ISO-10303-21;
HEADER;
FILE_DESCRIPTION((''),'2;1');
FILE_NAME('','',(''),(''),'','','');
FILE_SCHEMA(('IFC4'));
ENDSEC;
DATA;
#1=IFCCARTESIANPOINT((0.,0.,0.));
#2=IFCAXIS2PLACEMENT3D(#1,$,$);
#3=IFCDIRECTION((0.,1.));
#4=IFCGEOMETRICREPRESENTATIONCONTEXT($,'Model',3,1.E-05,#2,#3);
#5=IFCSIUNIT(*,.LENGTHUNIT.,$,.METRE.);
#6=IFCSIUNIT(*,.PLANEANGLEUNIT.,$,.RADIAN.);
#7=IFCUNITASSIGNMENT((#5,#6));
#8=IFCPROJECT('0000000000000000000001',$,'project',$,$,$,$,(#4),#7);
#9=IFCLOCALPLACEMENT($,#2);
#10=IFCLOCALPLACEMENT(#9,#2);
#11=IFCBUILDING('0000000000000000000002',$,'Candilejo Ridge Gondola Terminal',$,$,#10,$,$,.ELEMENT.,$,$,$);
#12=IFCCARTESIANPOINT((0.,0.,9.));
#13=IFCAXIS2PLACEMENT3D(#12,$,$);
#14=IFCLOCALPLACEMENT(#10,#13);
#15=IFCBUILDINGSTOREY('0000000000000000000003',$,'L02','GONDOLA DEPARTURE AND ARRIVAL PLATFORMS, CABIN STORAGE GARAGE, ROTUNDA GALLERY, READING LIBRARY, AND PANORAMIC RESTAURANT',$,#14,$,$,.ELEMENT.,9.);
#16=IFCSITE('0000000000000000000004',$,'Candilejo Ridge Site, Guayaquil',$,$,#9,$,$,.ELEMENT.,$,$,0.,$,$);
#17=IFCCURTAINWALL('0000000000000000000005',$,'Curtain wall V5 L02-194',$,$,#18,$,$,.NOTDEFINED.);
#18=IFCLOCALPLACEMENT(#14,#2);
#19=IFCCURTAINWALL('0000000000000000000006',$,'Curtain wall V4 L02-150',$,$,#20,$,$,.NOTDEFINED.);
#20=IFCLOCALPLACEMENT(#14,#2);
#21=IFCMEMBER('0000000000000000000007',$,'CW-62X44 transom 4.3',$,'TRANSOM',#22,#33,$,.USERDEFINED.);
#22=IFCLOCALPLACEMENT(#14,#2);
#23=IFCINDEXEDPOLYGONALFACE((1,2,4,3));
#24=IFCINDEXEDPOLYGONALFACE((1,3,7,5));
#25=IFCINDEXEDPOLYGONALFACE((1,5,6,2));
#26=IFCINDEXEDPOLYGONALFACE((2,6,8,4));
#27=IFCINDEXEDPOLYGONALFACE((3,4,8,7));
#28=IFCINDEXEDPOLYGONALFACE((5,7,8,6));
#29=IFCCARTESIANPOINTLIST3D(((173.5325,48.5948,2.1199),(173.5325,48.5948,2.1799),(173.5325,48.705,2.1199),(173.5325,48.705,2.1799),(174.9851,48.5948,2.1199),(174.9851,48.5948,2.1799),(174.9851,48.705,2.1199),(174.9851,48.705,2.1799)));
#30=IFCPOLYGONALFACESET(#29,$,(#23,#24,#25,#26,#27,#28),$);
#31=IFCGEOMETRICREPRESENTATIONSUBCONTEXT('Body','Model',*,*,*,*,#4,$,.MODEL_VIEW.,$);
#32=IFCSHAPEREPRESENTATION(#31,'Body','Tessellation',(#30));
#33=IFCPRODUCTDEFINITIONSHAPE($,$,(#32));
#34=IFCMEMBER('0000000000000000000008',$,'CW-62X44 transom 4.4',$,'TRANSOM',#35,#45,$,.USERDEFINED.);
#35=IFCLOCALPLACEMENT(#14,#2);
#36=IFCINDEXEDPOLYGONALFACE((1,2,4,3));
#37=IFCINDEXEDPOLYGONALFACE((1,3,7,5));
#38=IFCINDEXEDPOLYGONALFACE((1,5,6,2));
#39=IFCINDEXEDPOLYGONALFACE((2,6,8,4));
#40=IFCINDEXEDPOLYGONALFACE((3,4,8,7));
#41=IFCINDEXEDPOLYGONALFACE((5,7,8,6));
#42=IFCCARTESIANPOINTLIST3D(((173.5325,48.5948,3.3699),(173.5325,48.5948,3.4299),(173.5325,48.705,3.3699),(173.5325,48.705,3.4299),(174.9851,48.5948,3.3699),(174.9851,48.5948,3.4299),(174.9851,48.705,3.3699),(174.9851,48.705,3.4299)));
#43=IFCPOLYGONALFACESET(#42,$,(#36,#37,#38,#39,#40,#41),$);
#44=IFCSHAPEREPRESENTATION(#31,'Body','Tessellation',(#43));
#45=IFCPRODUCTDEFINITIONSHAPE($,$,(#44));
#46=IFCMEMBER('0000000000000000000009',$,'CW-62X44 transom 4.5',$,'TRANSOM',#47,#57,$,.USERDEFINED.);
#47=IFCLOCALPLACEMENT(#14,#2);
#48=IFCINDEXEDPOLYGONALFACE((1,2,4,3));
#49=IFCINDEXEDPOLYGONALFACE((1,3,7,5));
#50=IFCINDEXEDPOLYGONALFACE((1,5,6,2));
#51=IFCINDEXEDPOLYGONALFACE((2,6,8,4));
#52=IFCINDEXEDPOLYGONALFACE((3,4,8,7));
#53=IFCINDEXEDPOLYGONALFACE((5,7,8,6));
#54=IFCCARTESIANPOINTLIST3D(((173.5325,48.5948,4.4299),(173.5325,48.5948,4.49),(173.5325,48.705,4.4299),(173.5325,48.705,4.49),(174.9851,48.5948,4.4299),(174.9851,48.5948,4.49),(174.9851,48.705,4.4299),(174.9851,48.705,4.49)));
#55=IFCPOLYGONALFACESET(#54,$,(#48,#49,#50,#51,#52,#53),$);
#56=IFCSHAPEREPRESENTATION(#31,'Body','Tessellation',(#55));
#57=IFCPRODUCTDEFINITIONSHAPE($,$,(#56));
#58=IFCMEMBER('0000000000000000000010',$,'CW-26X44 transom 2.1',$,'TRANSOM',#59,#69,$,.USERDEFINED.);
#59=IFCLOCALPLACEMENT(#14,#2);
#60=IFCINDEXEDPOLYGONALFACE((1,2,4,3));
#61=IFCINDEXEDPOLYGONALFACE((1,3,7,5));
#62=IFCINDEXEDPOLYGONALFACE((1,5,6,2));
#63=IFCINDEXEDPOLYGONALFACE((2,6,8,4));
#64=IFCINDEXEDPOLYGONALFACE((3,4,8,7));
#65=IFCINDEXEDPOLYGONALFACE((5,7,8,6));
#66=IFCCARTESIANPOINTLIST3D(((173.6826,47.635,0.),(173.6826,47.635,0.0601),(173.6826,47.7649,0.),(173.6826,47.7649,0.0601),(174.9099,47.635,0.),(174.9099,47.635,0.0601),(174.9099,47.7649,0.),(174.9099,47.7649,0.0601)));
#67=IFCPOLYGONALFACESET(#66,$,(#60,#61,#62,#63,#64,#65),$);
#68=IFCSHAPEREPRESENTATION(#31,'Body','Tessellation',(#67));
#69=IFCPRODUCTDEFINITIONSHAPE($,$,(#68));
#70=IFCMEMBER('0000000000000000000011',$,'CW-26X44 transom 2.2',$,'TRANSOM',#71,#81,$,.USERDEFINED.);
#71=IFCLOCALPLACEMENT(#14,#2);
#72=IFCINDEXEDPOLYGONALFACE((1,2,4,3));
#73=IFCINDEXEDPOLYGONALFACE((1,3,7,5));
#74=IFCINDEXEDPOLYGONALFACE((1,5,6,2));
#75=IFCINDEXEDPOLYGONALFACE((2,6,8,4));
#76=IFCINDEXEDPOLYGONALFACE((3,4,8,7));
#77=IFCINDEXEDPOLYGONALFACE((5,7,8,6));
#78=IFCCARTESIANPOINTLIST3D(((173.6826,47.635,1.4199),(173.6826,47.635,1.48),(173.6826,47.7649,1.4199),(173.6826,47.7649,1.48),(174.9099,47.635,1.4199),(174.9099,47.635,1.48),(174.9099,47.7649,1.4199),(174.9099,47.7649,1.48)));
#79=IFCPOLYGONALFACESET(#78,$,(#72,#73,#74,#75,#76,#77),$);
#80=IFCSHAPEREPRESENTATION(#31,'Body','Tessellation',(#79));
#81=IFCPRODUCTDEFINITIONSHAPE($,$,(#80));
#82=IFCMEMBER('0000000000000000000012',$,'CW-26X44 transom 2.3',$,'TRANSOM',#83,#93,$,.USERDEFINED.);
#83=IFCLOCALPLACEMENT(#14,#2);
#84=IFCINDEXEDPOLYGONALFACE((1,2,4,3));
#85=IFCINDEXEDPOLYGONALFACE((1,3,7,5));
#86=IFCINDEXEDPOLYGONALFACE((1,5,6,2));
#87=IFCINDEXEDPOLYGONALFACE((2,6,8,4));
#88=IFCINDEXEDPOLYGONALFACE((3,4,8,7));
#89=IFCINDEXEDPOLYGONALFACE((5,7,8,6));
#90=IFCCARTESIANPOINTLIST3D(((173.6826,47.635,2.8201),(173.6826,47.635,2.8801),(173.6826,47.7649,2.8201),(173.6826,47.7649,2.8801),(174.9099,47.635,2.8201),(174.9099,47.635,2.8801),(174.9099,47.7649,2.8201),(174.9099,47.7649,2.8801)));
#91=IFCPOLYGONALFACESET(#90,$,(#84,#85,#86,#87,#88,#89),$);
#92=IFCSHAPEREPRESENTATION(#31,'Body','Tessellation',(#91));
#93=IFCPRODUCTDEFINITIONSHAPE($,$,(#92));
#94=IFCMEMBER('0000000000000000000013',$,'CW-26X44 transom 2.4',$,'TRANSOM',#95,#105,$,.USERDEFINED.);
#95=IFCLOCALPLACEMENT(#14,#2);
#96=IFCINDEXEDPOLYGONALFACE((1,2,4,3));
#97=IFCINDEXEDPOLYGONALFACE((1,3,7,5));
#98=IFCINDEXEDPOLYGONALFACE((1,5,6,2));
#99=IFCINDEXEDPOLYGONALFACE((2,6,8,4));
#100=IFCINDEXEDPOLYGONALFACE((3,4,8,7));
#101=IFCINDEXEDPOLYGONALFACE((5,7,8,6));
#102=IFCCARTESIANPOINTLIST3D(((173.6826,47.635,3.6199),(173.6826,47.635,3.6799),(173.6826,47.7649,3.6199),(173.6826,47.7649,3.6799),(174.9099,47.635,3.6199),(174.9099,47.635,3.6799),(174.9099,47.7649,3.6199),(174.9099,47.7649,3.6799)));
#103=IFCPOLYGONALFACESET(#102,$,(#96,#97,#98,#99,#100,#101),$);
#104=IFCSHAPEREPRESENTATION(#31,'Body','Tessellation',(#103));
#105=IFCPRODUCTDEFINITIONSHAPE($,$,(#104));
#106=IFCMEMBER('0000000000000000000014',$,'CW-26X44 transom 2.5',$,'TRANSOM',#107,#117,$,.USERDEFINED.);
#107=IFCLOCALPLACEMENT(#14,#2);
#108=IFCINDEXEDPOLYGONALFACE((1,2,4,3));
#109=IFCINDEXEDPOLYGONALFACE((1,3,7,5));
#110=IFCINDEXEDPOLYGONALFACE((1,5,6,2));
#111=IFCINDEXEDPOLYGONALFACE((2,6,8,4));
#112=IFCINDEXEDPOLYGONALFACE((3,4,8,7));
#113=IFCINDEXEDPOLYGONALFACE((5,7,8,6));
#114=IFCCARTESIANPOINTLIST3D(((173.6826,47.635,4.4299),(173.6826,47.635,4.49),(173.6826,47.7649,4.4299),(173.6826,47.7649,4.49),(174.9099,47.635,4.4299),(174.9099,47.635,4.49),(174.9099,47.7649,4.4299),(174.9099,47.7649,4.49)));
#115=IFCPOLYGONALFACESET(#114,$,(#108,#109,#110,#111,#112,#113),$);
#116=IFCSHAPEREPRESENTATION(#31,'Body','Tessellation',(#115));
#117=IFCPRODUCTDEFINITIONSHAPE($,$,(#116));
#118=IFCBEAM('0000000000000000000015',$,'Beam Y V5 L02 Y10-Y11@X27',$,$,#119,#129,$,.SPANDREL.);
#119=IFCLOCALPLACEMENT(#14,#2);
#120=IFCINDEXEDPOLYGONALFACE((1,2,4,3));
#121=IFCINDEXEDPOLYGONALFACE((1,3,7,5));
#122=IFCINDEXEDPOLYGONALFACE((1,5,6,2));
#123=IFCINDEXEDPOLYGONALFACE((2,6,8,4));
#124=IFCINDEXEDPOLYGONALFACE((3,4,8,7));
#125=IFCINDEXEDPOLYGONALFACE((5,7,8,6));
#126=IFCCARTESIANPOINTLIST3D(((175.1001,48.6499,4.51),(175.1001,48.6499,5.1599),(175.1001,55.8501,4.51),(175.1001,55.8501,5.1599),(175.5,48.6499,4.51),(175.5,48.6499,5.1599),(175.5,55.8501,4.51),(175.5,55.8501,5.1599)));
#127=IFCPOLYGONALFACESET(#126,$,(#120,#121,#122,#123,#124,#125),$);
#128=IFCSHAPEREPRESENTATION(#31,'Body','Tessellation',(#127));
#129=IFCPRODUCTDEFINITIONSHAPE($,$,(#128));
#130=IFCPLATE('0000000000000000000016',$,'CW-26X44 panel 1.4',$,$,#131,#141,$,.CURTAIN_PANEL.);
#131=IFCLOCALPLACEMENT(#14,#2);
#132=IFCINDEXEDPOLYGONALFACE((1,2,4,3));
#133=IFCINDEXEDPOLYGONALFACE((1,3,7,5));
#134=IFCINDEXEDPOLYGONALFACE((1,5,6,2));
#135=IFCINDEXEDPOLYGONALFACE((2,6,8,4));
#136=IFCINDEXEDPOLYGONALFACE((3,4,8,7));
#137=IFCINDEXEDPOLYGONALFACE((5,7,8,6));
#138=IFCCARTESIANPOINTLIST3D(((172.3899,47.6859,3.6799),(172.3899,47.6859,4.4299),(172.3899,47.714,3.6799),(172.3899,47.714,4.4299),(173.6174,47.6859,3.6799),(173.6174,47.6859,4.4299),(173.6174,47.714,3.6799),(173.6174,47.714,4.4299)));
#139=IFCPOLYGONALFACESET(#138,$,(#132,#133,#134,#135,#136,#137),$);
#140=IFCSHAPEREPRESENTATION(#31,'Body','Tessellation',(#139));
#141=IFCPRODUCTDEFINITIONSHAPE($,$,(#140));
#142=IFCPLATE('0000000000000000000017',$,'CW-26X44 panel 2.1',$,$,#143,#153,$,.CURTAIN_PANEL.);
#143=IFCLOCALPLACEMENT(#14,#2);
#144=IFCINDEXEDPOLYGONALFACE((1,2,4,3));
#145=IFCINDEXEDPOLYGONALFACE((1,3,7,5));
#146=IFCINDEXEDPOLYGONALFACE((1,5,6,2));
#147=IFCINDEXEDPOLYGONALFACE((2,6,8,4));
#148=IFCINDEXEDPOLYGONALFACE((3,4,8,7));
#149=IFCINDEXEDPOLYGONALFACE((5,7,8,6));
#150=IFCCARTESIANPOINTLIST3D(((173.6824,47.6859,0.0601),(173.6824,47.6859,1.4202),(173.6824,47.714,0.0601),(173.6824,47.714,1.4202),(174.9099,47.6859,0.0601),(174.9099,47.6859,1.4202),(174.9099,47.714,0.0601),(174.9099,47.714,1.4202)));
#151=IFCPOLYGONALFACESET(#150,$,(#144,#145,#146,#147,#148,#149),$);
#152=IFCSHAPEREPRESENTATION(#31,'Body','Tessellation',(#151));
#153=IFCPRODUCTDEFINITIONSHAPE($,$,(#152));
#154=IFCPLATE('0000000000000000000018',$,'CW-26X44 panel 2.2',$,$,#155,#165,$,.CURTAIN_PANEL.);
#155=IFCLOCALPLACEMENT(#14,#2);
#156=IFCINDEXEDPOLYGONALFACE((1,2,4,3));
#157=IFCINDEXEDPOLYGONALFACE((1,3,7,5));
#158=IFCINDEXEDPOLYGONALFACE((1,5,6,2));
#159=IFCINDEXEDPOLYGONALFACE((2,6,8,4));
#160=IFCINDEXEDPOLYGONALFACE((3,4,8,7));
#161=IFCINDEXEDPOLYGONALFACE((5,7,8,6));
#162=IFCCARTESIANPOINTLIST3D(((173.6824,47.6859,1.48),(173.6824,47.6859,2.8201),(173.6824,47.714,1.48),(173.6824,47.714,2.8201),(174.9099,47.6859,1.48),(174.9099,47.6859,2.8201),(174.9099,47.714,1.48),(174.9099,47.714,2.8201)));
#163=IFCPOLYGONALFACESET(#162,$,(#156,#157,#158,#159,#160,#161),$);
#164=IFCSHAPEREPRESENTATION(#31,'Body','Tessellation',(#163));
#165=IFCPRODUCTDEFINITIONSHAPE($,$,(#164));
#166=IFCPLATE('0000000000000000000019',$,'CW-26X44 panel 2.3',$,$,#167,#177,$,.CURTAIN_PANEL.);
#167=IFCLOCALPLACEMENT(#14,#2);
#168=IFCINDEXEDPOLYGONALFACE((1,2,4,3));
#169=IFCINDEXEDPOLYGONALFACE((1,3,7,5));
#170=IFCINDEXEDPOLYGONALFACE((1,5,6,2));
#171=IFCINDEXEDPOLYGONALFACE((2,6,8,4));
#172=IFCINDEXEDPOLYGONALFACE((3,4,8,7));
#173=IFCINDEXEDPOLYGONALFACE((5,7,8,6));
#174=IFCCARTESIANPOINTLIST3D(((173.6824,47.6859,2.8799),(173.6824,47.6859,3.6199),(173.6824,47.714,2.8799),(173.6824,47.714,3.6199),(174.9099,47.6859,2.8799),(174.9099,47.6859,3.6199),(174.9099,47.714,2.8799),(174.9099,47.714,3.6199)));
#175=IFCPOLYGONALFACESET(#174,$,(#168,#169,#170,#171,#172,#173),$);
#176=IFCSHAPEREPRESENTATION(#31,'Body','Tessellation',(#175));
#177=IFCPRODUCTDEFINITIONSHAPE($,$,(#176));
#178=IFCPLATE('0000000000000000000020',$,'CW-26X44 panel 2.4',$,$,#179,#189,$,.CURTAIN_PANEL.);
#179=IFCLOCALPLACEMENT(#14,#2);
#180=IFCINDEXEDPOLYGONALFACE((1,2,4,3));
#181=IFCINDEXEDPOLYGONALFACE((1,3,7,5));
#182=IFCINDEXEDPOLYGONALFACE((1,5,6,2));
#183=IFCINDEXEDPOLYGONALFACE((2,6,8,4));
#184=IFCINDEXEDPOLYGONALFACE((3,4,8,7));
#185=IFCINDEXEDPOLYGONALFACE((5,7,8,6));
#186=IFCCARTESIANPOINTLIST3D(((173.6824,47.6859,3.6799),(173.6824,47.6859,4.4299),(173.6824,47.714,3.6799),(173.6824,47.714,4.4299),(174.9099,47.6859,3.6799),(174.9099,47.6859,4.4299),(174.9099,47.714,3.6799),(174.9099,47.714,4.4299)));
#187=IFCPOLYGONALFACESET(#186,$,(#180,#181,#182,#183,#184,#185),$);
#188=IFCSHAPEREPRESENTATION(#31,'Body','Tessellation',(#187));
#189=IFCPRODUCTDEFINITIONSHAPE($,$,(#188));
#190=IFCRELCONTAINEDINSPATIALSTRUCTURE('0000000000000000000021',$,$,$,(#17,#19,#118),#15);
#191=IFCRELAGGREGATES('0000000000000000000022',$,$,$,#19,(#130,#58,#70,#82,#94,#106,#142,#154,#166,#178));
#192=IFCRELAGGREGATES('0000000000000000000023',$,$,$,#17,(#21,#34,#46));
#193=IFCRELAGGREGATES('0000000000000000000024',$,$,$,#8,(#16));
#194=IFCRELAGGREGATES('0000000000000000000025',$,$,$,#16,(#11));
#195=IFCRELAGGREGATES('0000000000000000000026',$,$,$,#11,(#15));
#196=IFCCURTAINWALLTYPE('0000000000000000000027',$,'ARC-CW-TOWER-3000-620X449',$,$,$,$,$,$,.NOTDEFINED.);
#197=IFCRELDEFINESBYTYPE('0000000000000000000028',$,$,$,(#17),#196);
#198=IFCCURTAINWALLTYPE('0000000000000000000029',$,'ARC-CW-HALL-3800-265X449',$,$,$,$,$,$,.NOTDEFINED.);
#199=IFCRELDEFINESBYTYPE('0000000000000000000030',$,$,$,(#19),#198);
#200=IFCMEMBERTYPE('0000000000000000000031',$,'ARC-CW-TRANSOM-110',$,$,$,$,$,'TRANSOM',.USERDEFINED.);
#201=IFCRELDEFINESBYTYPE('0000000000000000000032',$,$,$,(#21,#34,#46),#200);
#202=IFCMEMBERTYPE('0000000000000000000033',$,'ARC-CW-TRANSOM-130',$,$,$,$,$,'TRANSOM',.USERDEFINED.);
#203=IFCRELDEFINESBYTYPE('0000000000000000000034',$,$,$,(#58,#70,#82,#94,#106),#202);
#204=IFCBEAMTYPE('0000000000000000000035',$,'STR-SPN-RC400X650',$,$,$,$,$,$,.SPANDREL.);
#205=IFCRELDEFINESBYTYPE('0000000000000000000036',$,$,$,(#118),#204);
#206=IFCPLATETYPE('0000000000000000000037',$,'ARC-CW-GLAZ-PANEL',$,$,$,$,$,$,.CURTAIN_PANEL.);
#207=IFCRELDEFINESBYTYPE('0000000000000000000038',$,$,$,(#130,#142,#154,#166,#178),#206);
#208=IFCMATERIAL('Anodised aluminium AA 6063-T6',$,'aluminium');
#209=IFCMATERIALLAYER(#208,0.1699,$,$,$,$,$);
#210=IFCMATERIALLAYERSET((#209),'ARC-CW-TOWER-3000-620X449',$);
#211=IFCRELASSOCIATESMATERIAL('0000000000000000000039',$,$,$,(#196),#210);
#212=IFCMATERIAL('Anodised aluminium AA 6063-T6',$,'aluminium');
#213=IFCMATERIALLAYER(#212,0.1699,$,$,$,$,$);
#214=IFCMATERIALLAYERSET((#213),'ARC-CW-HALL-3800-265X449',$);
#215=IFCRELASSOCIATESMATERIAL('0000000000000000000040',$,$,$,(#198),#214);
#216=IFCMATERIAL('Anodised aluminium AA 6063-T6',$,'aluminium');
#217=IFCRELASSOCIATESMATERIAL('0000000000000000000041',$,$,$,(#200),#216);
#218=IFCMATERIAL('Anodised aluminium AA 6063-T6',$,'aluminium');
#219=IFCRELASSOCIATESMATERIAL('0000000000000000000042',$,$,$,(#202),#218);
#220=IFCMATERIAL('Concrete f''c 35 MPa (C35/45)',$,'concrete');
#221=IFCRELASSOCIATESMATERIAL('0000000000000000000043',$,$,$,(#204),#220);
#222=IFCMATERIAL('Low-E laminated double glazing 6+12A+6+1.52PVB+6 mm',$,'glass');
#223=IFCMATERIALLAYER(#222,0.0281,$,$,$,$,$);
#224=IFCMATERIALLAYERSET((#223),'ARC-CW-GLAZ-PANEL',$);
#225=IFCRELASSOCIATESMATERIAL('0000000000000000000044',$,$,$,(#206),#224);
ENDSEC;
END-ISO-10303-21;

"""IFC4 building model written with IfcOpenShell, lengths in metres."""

from ifc_helpers import new_model, si_unit, direction, frame, origin, origin_2d, place, context, subcontext, project, spatial, rectangle, extrude, material, layer, layer_set, material_profile, profile_set, type_object, element, aggregate, save


model = new_model("IFC4")

# Units and contexts
model_context = context("Model", 3, precision=1e-05, world=origin(), true_north=direction((0.0, 1.0)))
body_context = subcontext(model_context, "Body", "Model", "MODEL_VIEW")
ifc_project = project(units=[si_unit("LENGTHUNIT", "METRE"), si_unit("PLANEANGLEUNIT", "RADIAN")], contexts=[model_context])

# Site, building, storey
site_placement = place(None, origin())
site = spatial("IfcSite", under=ifc_project, at=site_placement, Name="Candilejo Ridge Site, Guayaquil", CompositionType="ELEMENT", RefElevation=0.0)
building_placement = place(site_placement, origin())
building = spatial("IfcBuilding", under=site, at=building_placement, Name="Candilejo Ridge Gondola Terminal", CompositionType="ELEMENT")
storey_placement = place(building_placement, frame((0.0, 0.0, 9.0)))
storey = spatial("IfcBuildingStorey", under=building, at=storey_placement, Name="L02", Description="GONDOLA DEPARTURE AND ARRIVAL PLATFORMS, CABIN STORAGE GARAGE, ROTUNDA GALLERY, READING LIBRARY, AND PANORAMIC RESTAURANT", CompositionType="ELEMENT", Elevation=9.0)

# Curtain walls
ifc_material_1 = material(Name="Anodised aluminium AA 6063-T6", Category="aluminium")
ifc_layer_1 = layer(ifc_material_1, 0.1699)
ifc_layer_set_1 = layer_set([ifc_layer_1], Name="ARC-CW-TOWER-3000-620X449")
curtain_wall_type_1 = type_object("IfcCurtainWallType", Name="ARC-CW-TOWER-3000-620X449", PredefinedType="NOTDEFINED", material=ifc_layer_set_1)
curtain_wall_1_placement = place(storey_placement, origin())
curtain_wall_1 = element("IfcCurtainWall", 1, at=curtain_wall_1_placement, inside=storey, type_object=curtain_wall_type_1, Name="Curtain wall V5 L02-194", PredefinedType="NOTDEFINED")
ifc_material_2 = material(Name="Anodised aluminium AA 6063-T6", Category="aluminium")
ifc_layer_2 = layer(ifc_material_2, 0.1699)
ifc_layer_set_2 = layer_set([ifc_layer_2], Name="ARC-CW-HALL-3800-265X449")
curtain_wall_type_2 = type_object("IfcCurtainWallType", Name="ARC-CW-HALL-3800-265X449", PredefinedType="NOTDEFINED", material=ifc_layer_set_2)
curtain_wall_2_placement = place(storey_placement, origin())
curtain_wall_2 = element("IfcCurtainWall", 2, at=curtain_wall_2_placement, inside=storey, type_object=curtain_wall_type_2, Name="Curtain wall V4 L02-150", PredefinedType="NOTDEFINED")

# Members
ifc_material_3 = material(Name="Anodised aluminium AA 6063-T6", Category="aluminium")
ifc_material_profile_1 = material_profile(ifc_material_3, rectangle(XDim=0.1101, YDim=0.0601, at=origin_2d()))
ifc_profile_set_1 = profile_set([ifc_material_profile_1], Name="Anodised aluminium AA 6063-T6")
member_type_1 = type_object("IfcMemberType", Name="ARC-CW-TRANSOM-110", ElementType="TRANSOM", PredefinedType="USERDEFINED", material=ifc_profile_set_1)
member_1_placement = place(storey_placement, frame((173.5325, 48.6499, 2.1499), z_axis=(1.0, 0.0, 0.0), x_axis=(0.0, 1.0, 0.0)))
member_1 = element("IfcMember", 3, at=member_1_placement, type_object=member_type_1, Name="CW-62X44 transom 4.3", ObjectType="TRANSOM", PredefinedType="USERDEFINED", context=body_context, shape_type="SweptSolid", body=[
    extrude(rectangle(XDim=0.1101, YDim=0.0601, at=origin_2d()), origin(), (0.0, 0.0, 1.0), 1.4526),
])
member_2_placement = place(storey_placement, frame((173.5325, 48.6499, 3.3999), z_axis=(1.0, 0.0, 0.0), x_axis=(0.0, 1.0, 0.0)))
member_2 = element("IfcMember", 4, at=member_2_placement, type_object=member_type_1, Name="CW-62X44 transom 4.4", ObjectType="TRANSOM", PredefinedType="USERDEFINED", context=body_context, shape_type="SweptSolid", body=[
    extrude(rectangle(XDim=0.1101, YDim=0.0601, at=origin_2d()), origin(), (0.0, 0.0, 1.0), 1.4526),
])
member_3_placement = place(storey_placement, frame((173.5325, 48.6499, 4.46), z_axis=(1.0, 0.0, 0.0), x_axis=(0.0, 1.0, 0.0)))
member_3 = element("IfcMember", 5, at=member_3_placement, type_object=member_type_1, Name="CW-62X44 transom 4.5", ObjectType="TRANSOM", PredefinedType="USERDEFINED", context=body_context, shape_type="SweptSolid", body=[
    extrude(rectangle(XDim=0.1101, YDim=0.0601, at=origin_2d()), origin(), (0.0, 0.0, 1.0), 1.4526),
])
ifc_material_4 = material(Name="Anodised aluminium AA 6063-T6", Category="aluminium")
ifc_material_profile_2 = material_profile(ifc_material_4, rectangle(XDim=0.1299, YDim=0.0601, at=origin_2d()))
ifc_profile_set_2 = profile_set([ifc_material_profile_2], Name="Anodised aluminium AA 6063-T6")
member_type_2 = type_object("IfcMemberType", Name="ARC-CW-TRANSOM-130", ElementType="TRANSOM", PredefinedType="USERDEFINED", material=ifc_profile_set_2)
member_4_placement = place(storey_placement, frame((173.6826, 47.7, 0.03), z_axis=(1.0, 0.0, 0.0), x_axis=(0.0, 1.0, 0.0)))
member_4 = element("IfcMember", 6, at=member_4_placement, type_object=member_type_2, Name="CW-26X44 transom 2.1", ObjectType="TRANSOM", PredefinedType="USERDEFINED", context=body_context, shape_type="SweptSolid", body=[
    extrude(rectangle(XDim=0.1299, YDim=0.0601, at=origin_2d()), origin(), (0.0, 0.0, 1.0), 1.2273),
])
member_5_placement = place(storey_placement, frame((173.6826, 47.7, 1.45), z_axis=(1.0, 0.0, 0.0), x_axis=(0.0, 1.0, 0.0)))
member_5 = element("IfcMember", 7, at=member_5_placement, type_object=member_type_2, Name="CW-26X44 transom 2.2", ObjectType="TRANSOM", PredefinedType="USERDEFINED", context=body_context, shape_type="SweptSolid", body=[
    extrude(rectangle(XDim=0.1299, YDim=0.0601, at=origin_2d()), origin(), (0.0, 0.0, 1.0), 1.2273),
])
member_6_placement = place(storey_placement, frame((173.6826, 47.7, 2.8501), z_axis=(1.0, 0.0, 0.0), x_axis=(0.0, 1.0, 0.0)))
member_6 = element("IfcMember", 8, at=member_6_placement, type_object=member_type_2, Name="CW-26X44 transom 2.3", ObjectType="TRANSOM", PredefinedType="USERDEFINED", context=body_context, shape_type="SweptSolid", body=[
    extrude(rectangle(XDim=0.1299, YDim=0.0601, at=origin_2d()), origin(), (0.0, 0.0, 1.0), 1.2273),
])
member_7_placement = place(storey_placement, frame((173.6826, 47.7, 3.6499), z_axis=(1.0, 0.0, 0.0), x_axis=(0.0, 1.0, 0.0)))
member_7 = element("IfcMember", 9, at=member_7_placement, type_object=member_type_2, Name="CW-26X44 transom 2.4", ObjectType="TRANSOM", PredefinedType="USERDEFINED", context=body_context, shape_type="SweptSolid", body=[
    extrude(rectangle(XDim=0.1299, YDim=0.0601, at=origin_2d()), origin(), (0.0, 0.0, 1.0), 1.2273),
])
member_8_placement = place(storey_placement, frame((173.6826, 47.7, 4.46), z_axis=(1.0, 0.0, 0.0), x_axis=(0.0, 1.0, 0.0)))
member_8 = element("IfcMember", 10, at=member_8_placement, type_object=member_type_2, Name="CW-26X44 transom 2.5", ObjectType="TRANSOM", PredefinedType="USERDEFINED", context=body_context, shape_type="SweptSolid", body=[
    extrude(rectangle(XDim=0.1299, YDim=0.0601, at=origin_2d()), origin(), (0.0, 0.0, 1.0), 1.2273),
])

# Beam
ifc_material_5 = material(Name="Concrete f'c 35 MPa (C35/45)", Category="concrete")
ifc_material_profile_3 = material_profile(ifc_material_5, rectangle(XDim=0.3999, YDim=0.6499, at=origin_2d()))
ifc_profile_set_3 = profile_set([ifc_material_profile_3], Name="Concrete f'c 35 MPa (C35/45)")
beam_type = type_object("IfcBeamType", Name="STR-SPN-RC400X650", PredefinedType="SPANDREL", material=ifc_profile_set_3)
beam_placement = place(storey_placement, frame((175.3, 48.6499, 4.835), z_axis=(0.0, 1.0, 0.0), x_axis=(-1.0, 0.0, 0.0)))
element("IfcBeam", 11, at=beam_placement, inside=storey, type_object=beam_type, Name="Beam Y V5 L02 Y10-Y11@X27", PredefinedType="SPANDREL", context=body_context, shape_type="SweptSolid", body=[
    extrude(rectangle(XDim=0.3999, YDim=0.6499, at=origin_2d()), origin(), (0.0, 0.0, 1.0), 7.2002),
])

# Plates
ifc_material_6 = material(Name="Low-E laminated double glazing 6+12A+6+1.52PVB+6 mm", Category="glass")
ifc_layer_3 = layer(ifc_material_6, 0.0281)
ifc_layer_set_3 = layer_set([ifc_layer_3], Name="ARC-CW-GLAZ-PANEL")
plate_type = type_object("IfcPlateType", Name="ARC-CW-GLAZ-PANEL", PredefinedType="CURTAIN_PANEL", material=ifc_layer_set_3)
plate_1_placement = place(storey_placement, frame((173.0037, 47.7, 3.6799), z_axis=(0.0, 0.0, 1.0), x_axis=(1.0, 0.0, 0.0)))
plate_1 = element("IfcPlate", 12, at=plate_1_placement, type_object=plate_type, Name="CW-26X44 panel 1.4", PredefinedType="CURTAIN_PANEL", context=body_context, shape_type="SweptSolid", body=[
    extrude(rectangle(XDim=1.2275, YDim=0.0281, at=origin_2d()), origin(), (0.0, 0.0, 1.0), 0.75),
])
plate_2_placement = place(storey_placement, frame((174.2961, 47.7, 0.0601), z_axis=(0.0, 0.0, 1.0), x_axis=(1.0, 0.0, 0.0)))
plate_2 = element("IfcPlate", 13, at=plate_2_placement, type_object=plate_type, Name="CW-26X44 panel 2.1", PredefinedType="CURTAIN_PANEL", context=body_context, shape_type="SweptSolid", body=[
    extrude(rectangle(XDim=1.2275, YDim=0.0281, at=origin_2d()), origin(), (0.0, 0.0, 1.0), 1.3601),
])
plate_3_placement = place(storey_placement, frame((174.2961, 47.7, 1.48), z_axis=(0.0, 0.0, 1.0), x_axis=(1.0, 0.0, 0.0)))
plate_3 = element("IfcPlate", 14, at=plate_3_placement, type_object=plate_type, Name="CW-26X44 panel 2.2", PredefinedType="CURTAIN_PANEL", context=body_context, shape_type="SweptSolid", body=[
    extrude(rectangle(XDim=1.2275, YDim=0.0281, at=origin_2d()), origin(), (0.0, 0.0, 1.0), 1.3401),
])
plate_4_placement = place(storey_placement, frame((174.2961, 47.7, 2.8799), z_axis=(0.0, 0.0, 1.0), x_axis=(1.0, 0.0, 0.0)))
plate_4 = element("IfcPlate", 15, at=plate_4_placement, type_object=plate_type, Name="CW-26X44 panel 2.3", PredefinedType="CURTAIN_PANEL", context=body_context, shape_type="SweptSolid", body=[
    extrude(rectangle(XDim=1.2275, YDim=0.0281, at=origin_2d()), origin(), (0.0, 0.0, 1.0), 0.74),
])
plate_5_placement = place(storey_placement, frame((174.2961, 47.7, 3.6799), z_axis=(0.0, 0.0, 1.0), x_axis=(1.0, 0.0, 0.0)))
plate_5 = element("IfcPlate", 16, at=plate_5_placement, type_object=plate_type, Name="CW-26X44 panel 2.4", PredefinedType="CURTAIN_PANEL", context=body_context, shape_type="SweptSolid", body=[
    extrude(rectangle(XDim=1.2275, YDim=0.0281, at=origin_2d()), origin(), (0.0, 0.0, 1.0), 0.75),
])
aggregate(curtain_wall_2, [plate_1, member_4, member_5, member_6, member_7, member_8, plate_2, plate_3, plate_4, plate_5])
aggregate(curtain_wall_1, [member_1, member_2, member_3])

save(model, "model.ifc")
